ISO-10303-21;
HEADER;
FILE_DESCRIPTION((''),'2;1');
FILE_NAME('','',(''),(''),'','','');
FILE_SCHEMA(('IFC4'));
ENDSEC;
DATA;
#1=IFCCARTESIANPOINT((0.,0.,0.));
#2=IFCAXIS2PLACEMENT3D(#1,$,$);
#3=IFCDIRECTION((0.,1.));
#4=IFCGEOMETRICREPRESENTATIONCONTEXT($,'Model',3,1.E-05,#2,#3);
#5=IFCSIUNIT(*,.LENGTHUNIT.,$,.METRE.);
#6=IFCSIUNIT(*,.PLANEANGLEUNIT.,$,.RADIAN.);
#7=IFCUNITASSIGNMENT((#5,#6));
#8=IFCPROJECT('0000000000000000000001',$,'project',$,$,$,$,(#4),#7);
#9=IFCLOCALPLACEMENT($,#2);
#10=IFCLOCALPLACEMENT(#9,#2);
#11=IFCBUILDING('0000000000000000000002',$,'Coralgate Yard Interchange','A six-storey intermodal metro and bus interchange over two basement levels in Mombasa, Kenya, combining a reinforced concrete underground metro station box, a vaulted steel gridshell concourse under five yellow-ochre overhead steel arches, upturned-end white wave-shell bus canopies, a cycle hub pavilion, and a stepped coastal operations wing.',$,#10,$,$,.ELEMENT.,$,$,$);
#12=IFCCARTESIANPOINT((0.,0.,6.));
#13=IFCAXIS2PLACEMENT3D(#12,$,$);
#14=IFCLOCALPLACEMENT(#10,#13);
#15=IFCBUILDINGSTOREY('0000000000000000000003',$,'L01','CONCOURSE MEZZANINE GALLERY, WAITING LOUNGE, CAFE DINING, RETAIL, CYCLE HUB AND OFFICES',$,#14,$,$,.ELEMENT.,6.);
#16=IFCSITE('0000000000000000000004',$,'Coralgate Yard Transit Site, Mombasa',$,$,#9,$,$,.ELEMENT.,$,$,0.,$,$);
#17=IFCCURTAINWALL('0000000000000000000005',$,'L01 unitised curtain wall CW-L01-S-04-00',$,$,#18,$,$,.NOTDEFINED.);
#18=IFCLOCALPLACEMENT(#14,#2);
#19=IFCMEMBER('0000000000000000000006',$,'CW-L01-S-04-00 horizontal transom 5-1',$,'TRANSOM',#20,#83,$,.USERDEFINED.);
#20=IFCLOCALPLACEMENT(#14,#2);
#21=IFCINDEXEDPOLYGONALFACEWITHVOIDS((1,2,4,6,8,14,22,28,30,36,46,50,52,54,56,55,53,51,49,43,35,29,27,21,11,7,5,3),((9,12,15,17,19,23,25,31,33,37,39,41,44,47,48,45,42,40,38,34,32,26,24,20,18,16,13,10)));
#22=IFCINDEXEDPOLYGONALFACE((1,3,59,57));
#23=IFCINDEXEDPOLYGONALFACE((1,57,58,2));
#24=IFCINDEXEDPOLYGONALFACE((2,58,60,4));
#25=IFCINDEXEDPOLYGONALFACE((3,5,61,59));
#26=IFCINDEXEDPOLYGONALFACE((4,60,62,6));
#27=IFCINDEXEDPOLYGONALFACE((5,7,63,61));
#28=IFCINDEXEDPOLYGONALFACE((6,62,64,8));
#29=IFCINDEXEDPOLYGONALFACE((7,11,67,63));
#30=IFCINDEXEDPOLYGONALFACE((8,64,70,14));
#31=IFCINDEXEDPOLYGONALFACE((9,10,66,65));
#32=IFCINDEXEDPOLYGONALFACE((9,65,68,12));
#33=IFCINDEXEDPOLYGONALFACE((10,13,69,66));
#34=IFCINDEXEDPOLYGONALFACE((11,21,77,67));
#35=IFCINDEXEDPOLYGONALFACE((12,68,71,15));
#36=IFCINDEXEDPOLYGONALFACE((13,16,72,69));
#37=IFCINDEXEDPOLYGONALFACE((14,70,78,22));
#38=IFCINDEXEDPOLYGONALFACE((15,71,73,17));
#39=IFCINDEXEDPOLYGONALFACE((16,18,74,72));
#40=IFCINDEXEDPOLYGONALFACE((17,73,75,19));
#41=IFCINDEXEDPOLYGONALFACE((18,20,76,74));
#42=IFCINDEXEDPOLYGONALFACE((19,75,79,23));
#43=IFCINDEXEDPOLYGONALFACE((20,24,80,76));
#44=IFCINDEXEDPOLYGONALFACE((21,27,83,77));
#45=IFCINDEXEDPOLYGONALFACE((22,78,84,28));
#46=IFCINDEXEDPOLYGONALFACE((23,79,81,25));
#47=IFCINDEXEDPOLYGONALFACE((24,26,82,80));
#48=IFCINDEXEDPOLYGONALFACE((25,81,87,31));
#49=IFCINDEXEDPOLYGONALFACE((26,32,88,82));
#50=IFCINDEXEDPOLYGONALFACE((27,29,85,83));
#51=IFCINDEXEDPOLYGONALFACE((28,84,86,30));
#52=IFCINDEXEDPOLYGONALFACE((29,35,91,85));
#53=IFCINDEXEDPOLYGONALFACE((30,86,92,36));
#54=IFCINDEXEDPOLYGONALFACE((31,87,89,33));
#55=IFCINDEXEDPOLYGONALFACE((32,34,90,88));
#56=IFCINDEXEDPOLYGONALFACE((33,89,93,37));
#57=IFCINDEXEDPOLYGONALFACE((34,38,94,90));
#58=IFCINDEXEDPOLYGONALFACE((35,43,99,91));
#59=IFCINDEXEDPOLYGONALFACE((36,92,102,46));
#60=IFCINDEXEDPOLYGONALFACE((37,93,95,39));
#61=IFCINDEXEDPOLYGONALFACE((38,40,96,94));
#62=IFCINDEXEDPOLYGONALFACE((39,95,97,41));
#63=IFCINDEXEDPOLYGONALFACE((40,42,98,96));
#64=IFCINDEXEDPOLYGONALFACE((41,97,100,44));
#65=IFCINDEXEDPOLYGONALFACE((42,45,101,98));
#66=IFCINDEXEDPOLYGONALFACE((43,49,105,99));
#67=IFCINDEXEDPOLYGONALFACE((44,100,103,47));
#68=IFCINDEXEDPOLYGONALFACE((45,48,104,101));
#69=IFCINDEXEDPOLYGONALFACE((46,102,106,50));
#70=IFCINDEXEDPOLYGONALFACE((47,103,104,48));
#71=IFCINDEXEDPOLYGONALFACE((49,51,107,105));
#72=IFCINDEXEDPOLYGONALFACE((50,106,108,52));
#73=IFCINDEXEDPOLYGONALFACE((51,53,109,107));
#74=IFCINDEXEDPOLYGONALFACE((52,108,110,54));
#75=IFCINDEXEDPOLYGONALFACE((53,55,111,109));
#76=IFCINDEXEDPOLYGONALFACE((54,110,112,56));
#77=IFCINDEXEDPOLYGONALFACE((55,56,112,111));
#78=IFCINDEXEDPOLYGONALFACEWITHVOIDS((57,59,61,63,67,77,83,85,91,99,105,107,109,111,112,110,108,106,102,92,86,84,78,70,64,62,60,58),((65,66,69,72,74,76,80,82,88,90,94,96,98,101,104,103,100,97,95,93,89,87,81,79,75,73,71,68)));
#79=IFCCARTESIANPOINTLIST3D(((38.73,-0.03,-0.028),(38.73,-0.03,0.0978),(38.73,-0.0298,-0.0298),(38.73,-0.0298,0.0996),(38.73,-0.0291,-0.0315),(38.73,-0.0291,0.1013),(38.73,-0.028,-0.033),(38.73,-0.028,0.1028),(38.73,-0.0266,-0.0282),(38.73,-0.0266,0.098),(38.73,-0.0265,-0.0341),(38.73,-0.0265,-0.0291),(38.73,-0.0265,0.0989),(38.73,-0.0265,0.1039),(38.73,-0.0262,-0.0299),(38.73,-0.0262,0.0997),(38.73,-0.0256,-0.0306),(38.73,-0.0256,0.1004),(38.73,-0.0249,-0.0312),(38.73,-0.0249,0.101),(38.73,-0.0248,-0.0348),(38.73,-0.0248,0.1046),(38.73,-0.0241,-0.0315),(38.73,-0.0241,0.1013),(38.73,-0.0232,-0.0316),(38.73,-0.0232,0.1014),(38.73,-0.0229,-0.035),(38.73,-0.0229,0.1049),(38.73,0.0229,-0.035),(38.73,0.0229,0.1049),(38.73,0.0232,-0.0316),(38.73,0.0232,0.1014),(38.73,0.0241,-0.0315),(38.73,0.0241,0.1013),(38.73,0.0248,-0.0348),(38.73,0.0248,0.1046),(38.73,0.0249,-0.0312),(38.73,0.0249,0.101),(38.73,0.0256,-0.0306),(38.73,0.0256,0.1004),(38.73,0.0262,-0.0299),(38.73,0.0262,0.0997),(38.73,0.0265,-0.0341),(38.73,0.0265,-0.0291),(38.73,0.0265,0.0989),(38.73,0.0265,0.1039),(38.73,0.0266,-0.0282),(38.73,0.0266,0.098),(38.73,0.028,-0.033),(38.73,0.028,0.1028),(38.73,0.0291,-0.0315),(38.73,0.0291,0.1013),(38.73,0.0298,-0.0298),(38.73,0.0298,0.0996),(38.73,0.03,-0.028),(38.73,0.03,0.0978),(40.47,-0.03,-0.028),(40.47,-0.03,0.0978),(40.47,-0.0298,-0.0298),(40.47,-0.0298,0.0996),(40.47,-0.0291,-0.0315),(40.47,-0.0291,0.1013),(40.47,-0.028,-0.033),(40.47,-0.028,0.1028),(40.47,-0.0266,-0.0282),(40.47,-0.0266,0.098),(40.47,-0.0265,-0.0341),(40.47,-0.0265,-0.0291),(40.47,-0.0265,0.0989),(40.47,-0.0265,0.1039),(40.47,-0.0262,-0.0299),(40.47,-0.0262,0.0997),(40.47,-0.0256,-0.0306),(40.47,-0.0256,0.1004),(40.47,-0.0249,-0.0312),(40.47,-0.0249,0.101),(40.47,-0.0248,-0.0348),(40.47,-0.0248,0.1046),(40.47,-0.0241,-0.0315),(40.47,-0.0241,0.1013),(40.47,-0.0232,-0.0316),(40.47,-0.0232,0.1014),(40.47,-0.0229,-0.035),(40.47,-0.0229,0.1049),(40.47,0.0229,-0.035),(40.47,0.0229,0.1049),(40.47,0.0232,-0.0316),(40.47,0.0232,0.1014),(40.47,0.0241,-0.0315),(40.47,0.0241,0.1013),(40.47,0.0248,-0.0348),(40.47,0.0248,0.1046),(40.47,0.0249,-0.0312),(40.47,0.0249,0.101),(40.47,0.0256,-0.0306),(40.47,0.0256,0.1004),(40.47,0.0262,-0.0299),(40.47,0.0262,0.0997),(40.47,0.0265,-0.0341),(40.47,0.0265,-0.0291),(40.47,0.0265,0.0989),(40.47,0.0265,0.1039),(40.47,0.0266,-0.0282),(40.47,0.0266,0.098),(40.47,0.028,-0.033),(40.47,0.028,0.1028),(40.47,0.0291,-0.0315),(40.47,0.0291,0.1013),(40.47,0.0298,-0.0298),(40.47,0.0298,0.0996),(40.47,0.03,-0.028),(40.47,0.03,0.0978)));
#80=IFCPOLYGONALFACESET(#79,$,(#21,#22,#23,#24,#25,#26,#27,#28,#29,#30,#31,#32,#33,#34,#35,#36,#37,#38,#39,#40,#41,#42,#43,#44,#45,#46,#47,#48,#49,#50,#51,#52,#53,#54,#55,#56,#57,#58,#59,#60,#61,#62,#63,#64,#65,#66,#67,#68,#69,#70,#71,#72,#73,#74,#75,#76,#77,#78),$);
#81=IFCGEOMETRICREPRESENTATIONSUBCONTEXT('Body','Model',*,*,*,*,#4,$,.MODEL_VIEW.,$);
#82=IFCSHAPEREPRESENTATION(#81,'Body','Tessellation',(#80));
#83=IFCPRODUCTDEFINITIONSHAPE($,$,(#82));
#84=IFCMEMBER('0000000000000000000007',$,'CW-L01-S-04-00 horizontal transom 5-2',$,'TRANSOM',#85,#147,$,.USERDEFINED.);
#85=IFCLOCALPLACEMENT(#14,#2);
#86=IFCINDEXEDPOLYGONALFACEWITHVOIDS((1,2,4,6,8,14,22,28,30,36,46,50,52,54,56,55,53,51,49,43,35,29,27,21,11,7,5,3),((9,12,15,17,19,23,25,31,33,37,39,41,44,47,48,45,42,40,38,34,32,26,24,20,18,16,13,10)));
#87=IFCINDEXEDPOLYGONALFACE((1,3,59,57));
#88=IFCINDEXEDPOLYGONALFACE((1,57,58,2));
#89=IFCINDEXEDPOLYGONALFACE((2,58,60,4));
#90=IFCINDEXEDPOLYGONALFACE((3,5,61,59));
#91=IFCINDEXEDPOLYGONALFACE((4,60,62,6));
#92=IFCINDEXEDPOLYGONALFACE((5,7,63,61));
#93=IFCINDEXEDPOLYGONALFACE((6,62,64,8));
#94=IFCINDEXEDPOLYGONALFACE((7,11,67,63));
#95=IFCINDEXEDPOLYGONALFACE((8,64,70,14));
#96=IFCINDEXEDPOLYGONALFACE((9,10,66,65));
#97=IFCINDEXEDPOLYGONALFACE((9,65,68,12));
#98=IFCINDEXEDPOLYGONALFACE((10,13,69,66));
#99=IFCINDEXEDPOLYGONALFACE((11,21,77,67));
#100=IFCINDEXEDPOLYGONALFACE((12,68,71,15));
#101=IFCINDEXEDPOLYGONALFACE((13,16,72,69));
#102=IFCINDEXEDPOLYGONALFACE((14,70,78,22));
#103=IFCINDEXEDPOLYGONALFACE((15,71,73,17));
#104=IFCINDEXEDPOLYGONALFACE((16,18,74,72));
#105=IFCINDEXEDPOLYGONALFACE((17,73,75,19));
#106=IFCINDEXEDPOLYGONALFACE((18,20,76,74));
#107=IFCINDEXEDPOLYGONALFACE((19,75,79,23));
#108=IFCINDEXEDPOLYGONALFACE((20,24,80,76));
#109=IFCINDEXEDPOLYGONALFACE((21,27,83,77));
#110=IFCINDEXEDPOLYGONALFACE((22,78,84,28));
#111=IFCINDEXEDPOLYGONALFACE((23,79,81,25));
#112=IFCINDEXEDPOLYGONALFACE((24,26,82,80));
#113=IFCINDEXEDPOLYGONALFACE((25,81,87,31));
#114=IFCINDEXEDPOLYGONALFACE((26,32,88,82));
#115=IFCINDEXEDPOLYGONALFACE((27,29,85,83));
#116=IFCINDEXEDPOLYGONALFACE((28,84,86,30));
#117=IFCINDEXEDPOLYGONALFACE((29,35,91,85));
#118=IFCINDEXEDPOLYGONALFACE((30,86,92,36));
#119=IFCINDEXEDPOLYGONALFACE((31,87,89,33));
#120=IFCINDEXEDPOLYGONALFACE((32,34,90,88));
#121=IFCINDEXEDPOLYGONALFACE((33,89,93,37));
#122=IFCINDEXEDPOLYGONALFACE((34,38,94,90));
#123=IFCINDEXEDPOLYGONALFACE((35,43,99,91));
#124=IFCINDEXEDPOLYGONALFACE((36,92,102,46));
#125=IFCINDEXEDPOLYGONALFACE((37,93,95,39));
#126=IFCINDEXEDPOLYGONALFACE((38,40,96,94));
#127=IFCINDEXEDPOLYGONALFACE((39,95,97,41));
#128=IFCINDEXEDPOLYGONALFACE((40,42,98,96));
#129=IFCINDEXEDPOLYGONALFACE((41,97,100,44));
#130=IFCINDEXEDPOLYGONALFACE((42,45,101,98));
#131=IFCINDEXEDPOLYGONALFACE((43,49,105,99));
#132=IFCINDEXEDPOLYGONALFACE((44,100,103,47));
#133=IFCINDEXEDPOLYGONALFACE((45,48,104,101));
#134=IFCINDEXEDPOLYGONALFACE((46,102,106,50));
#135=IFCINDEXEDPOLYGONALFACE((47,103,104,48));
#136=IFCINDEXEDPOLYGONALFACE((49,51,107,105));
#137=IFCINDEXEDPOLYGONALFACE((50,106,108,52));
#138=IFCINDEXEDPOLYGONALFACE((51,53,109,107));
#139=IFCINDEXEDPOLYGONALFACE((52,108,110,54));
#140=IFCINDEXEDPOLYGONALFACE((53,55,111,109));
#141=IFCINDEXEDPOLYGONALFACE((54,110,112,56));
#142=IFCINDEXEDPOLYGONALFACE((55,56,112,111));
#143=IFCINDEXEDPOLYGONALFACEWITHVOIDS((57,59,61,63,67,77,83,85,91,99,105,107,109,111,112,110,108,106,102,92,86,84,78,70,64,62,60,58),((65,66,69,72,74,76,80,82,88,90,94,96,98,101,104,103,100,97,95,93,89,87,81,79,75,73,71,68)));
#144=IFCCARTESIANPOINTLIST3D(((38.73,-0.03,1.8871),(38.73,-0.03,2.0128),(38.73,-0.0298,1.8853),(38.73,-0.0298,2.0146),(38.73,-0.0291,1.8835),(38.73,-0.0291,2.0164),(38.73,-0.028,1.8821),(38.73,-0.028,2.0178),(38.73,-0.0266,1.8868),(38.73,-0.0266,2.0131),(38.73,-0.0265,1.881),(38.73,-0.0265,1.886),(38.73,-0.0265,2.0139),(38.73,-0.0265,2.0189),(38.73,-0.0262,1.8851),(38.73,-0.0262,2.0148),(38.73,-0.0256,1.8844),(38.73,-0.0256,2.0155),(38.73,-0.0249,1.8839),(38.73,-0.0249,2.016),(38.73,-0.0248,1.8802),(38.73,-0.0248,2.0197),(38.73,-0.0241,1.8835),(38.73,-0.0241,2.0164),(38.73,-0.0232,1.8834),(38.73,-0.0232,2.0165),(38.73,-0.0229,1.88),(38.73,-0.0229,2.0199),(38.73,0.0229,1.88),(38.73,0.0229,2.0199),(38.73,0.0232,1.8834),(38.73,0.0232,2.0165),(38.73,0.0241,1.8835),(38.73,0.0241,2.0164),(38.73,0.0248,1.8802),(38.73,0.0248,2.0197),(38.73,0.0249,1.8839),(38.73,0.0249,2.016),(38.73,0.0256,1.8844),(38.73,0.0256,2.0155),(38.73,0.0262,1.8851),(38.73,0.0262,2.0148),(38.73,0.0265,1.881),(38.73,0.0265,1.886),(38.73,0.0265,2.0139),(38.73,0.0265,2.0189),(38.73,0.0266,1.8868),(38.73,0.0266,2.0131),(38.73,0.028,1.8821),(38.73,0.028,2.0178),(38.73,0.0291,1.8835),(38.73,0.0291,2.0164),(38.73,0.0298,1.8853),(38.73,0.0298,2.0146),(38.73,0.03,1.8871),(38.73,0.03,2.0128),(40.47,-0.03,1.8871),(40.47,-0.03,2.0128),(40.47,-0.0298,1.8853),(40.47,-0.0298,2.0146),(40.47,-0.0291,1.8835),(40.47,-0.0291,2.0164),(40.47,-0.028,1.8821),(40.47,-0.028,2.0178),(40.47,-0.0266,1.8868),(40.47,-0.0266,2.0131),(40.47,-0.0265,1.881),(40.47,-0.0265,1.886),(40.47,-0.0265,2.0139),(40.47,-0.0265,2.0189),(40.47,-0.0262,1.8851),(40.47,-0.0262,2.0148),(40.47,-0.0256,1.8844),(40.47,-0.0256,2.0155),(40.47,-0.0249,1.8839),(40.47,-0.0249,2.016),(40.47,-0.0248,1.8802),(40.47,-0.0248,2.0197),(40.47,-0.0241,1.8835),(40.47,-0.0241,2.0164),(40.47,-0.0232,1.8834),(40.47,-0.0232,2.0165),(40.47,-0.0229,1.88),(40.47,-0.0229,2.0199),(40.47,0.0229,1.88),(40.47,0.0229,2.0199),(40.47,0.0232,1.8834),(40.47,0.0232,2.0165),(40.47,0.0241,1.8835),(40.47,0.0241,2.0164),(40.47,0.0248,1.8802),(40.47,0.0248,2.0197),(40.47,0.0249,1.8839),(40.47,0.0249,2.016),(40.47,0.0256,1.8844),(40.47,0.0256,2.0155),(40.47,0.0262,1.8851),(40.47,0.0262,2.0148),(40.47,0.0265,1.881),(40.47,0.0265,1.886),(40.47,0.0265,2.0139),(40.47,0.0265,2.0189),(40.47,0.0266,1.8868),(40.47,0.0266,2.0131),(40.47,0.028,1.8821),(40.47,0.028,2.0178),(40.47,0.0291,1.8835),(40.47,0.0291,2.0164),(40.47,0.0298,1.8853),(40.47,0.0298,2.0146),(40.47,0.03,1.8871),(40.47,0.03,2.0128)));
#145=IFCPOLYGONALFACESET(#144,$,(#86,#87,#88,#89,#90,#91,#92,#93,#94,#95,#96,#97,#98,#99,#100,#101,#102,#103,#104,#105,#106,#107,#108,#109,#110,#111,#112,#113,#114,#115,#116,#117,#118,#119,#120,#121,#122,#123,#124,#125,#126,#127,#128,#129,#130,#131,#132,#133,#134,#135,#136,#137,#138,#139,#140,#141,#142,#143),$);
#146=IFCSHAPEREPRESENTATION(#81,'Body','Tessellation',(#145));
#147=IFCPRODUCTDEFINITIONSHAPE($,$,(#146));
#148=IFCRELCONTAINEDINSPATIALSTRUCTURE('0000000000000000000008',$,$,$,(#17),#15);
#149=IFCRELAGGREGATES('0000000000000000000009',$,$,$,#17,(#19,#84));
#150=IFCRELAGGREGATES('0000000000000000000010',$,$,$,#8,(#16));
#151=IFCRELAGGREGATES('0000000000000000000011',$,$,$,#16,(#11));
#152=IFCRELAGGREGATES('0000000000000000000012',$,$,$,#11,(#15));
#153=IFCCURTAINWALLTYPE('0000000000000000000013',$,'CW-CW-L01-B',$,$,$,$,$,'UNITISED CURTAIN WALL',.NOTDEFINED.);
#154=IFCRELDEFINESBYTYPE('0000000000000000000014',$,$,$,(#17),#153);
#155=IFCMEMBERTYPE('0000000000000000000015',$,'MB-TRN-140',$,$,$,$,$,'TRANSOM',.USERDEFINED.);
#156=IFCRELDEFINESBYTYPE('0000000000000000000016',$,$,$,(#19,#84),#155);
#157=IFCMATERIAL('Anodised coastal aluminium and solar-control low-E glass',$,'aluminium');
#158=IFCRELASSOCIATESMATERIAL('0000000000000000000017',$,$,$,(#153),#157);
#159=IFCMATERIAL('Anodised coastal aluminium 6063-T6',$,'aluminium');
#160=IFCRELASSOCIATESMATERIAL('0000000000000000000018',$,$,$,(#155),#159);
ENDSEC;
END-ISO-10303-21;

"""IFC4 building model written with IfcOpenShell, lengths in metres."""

from ifc_helpers import new_model, si_unit, direction, frame, origin, origin_2d, place, context, subcontext, project, spatial, hollow_rectangle, extrude, material, material_profile, profile_set, type_object, element, aggregate, save


model = new_model("IFC4")

# Units and contexts
model_context = context("Model", 3, precision=1e-05, world=origin(), true_north=direction((0.0, 1.0)))
body_context = subcontext(model_context, "Body", "Model", "MODEL_VIEW")
ifc_project = project(units=[si_unit("LENGTHUNIT", "METRE"), si_unit("PLANEANGLEUNIT", "RADIAN")], contexts=[model_context])

# Site, building, storey
site_placement = place(None, origin())
site = spatial("IfcSite", under=ifc_project, at=site_placement, Name="Coralgate Yard Transit Site, Mombasa", CompositionType="ELEMENT", RefElevation=0.0)
building_placement = place(site_placement, origin())
building = spatial("IfcBuilding", under=site, at=building_placement, Name="Coralgate Yard Interchange", Description="A six-storey intermodal metro and bus interchange over two basement levels in Mombasa, Kenya, combining a reinforced concrete underground metro station box, a vaulted steel gridshell concourse under five yellow-ochre overhead steel arches, upturned-end white wave-shell bus canopies, a cycle hub pavilion, and a stepped coastal operations wing.", CompositionType="ELEMENT")
storey_placement = place(building_placement, frame((0.0, 0.0, 6.0)))
storey = spatial("IfcBuildingStorey", under=building, at=storey_placement, Name="L01", Description="CONCOURSE MEZZANINE GALLERY, WAITING LOUNGE, CAFE DINING, RETAIL, CYCLE HUB AND OFFICES", CompositionType="ELEMENT", Elevation=6.0)

# Curtain wall, members
ifc_material_1 = material(Name="Anodised coastal aluminium and solar-control low-E glass", Category="aluminium")
curtain_wall_type = type_object("IfcCurtainWallType", Name="CW-CW-L01-B", ElementType="UNITISED CURTAIN WALL", PredefinedType="NOTDEFINED", material=ifc_material_1)
curtain_wall_placement = place(storey_placement, origin())
curtain_wall = element("IfcCurtainWall", 1, at=curtain_wall_placement, inside=storey, type_object=curtain_wall_type, Name="L01 unitised curtain wall CW-L01-S-04-00", PredefinedType="NOTDEFINED")
ifc_material_2 = material(Name="Anodised coastal aluminium 6063-T6", Category="aluminium")
ifc_material_profile_1 = material_profile(ifc_material_2, hollow_rectangle(XDim=0.0601, YDim=0.1399, WallThickness=0.0034, InnerFilletRadius=0.0034, OuterFilletRadius=0.0071, at=origin_2d()), Name="ALU 60x140x3.5")
ifc_profile_set_1 = profile_set([ifc_material_profile_1], Name="Anodised coastal aluminium 6063-T6")
member_type_1 = type_object("IfcMemberType", Name="MB-TRN-140", ElementType="TRANSOM", PredefinedType="USERDEFINED", material=ifc_profile_set_1)
member_1_placement = place(storey_placement, frame((40.47, 0.0, 0.0349), z_axis=(-1.0, 0.0, 0.0), x_axis=(0.0, -1.0, 0.0)))
member_1 = element("IfcMember", 2, at=member_1_placement, type_object=member_type_1, Name="CW-L01-S-04-00 horizontal transom 5-1", ObjectType="TRANSOM", PredefinedType="USERDEFINED", context=body_context, shape_type="SweptSolid", body=[
    extrude(hollow_rectangle(XDim=0.0601, YDim=0.1399, WallThickness=0.0034, InnerFilletRadius=0.0034, OuterFilletRadius=0.0071, at=origin_2d()), origin(), (0.0, 0.0, 1.0), 1.74),
])
member_2_placement = place(storey_placement, frame((40.47, 0.0, 1.95), z_axis=(-1.0, 0.0, 0.0), x_axis=(0.0, -1.0, 0.0)))
member_2 = element("IfcMember", 3, at=member_2_placement, type_object=member_type_1, Name="CW-L01-S-04-00 horizontal transom 5-2", ObjectType="TRANSOM", PredefinedType="USERDEFINED", context=body_context, shape_type="SweptSolid", body=[
    extrude(hollow_rectangle(XDim=0.0601, YDim=0.1399, WallThickness=0.0034, InnerFilletRadius=0.0034, OuterFilletRadius=0.0071, at=origin_2d()), origin(), (0.0, 0.0, 1.0), 1.74),
])
aggregate(curtain_wall, [member_1, member_2])

save(model, "model.ifc")
